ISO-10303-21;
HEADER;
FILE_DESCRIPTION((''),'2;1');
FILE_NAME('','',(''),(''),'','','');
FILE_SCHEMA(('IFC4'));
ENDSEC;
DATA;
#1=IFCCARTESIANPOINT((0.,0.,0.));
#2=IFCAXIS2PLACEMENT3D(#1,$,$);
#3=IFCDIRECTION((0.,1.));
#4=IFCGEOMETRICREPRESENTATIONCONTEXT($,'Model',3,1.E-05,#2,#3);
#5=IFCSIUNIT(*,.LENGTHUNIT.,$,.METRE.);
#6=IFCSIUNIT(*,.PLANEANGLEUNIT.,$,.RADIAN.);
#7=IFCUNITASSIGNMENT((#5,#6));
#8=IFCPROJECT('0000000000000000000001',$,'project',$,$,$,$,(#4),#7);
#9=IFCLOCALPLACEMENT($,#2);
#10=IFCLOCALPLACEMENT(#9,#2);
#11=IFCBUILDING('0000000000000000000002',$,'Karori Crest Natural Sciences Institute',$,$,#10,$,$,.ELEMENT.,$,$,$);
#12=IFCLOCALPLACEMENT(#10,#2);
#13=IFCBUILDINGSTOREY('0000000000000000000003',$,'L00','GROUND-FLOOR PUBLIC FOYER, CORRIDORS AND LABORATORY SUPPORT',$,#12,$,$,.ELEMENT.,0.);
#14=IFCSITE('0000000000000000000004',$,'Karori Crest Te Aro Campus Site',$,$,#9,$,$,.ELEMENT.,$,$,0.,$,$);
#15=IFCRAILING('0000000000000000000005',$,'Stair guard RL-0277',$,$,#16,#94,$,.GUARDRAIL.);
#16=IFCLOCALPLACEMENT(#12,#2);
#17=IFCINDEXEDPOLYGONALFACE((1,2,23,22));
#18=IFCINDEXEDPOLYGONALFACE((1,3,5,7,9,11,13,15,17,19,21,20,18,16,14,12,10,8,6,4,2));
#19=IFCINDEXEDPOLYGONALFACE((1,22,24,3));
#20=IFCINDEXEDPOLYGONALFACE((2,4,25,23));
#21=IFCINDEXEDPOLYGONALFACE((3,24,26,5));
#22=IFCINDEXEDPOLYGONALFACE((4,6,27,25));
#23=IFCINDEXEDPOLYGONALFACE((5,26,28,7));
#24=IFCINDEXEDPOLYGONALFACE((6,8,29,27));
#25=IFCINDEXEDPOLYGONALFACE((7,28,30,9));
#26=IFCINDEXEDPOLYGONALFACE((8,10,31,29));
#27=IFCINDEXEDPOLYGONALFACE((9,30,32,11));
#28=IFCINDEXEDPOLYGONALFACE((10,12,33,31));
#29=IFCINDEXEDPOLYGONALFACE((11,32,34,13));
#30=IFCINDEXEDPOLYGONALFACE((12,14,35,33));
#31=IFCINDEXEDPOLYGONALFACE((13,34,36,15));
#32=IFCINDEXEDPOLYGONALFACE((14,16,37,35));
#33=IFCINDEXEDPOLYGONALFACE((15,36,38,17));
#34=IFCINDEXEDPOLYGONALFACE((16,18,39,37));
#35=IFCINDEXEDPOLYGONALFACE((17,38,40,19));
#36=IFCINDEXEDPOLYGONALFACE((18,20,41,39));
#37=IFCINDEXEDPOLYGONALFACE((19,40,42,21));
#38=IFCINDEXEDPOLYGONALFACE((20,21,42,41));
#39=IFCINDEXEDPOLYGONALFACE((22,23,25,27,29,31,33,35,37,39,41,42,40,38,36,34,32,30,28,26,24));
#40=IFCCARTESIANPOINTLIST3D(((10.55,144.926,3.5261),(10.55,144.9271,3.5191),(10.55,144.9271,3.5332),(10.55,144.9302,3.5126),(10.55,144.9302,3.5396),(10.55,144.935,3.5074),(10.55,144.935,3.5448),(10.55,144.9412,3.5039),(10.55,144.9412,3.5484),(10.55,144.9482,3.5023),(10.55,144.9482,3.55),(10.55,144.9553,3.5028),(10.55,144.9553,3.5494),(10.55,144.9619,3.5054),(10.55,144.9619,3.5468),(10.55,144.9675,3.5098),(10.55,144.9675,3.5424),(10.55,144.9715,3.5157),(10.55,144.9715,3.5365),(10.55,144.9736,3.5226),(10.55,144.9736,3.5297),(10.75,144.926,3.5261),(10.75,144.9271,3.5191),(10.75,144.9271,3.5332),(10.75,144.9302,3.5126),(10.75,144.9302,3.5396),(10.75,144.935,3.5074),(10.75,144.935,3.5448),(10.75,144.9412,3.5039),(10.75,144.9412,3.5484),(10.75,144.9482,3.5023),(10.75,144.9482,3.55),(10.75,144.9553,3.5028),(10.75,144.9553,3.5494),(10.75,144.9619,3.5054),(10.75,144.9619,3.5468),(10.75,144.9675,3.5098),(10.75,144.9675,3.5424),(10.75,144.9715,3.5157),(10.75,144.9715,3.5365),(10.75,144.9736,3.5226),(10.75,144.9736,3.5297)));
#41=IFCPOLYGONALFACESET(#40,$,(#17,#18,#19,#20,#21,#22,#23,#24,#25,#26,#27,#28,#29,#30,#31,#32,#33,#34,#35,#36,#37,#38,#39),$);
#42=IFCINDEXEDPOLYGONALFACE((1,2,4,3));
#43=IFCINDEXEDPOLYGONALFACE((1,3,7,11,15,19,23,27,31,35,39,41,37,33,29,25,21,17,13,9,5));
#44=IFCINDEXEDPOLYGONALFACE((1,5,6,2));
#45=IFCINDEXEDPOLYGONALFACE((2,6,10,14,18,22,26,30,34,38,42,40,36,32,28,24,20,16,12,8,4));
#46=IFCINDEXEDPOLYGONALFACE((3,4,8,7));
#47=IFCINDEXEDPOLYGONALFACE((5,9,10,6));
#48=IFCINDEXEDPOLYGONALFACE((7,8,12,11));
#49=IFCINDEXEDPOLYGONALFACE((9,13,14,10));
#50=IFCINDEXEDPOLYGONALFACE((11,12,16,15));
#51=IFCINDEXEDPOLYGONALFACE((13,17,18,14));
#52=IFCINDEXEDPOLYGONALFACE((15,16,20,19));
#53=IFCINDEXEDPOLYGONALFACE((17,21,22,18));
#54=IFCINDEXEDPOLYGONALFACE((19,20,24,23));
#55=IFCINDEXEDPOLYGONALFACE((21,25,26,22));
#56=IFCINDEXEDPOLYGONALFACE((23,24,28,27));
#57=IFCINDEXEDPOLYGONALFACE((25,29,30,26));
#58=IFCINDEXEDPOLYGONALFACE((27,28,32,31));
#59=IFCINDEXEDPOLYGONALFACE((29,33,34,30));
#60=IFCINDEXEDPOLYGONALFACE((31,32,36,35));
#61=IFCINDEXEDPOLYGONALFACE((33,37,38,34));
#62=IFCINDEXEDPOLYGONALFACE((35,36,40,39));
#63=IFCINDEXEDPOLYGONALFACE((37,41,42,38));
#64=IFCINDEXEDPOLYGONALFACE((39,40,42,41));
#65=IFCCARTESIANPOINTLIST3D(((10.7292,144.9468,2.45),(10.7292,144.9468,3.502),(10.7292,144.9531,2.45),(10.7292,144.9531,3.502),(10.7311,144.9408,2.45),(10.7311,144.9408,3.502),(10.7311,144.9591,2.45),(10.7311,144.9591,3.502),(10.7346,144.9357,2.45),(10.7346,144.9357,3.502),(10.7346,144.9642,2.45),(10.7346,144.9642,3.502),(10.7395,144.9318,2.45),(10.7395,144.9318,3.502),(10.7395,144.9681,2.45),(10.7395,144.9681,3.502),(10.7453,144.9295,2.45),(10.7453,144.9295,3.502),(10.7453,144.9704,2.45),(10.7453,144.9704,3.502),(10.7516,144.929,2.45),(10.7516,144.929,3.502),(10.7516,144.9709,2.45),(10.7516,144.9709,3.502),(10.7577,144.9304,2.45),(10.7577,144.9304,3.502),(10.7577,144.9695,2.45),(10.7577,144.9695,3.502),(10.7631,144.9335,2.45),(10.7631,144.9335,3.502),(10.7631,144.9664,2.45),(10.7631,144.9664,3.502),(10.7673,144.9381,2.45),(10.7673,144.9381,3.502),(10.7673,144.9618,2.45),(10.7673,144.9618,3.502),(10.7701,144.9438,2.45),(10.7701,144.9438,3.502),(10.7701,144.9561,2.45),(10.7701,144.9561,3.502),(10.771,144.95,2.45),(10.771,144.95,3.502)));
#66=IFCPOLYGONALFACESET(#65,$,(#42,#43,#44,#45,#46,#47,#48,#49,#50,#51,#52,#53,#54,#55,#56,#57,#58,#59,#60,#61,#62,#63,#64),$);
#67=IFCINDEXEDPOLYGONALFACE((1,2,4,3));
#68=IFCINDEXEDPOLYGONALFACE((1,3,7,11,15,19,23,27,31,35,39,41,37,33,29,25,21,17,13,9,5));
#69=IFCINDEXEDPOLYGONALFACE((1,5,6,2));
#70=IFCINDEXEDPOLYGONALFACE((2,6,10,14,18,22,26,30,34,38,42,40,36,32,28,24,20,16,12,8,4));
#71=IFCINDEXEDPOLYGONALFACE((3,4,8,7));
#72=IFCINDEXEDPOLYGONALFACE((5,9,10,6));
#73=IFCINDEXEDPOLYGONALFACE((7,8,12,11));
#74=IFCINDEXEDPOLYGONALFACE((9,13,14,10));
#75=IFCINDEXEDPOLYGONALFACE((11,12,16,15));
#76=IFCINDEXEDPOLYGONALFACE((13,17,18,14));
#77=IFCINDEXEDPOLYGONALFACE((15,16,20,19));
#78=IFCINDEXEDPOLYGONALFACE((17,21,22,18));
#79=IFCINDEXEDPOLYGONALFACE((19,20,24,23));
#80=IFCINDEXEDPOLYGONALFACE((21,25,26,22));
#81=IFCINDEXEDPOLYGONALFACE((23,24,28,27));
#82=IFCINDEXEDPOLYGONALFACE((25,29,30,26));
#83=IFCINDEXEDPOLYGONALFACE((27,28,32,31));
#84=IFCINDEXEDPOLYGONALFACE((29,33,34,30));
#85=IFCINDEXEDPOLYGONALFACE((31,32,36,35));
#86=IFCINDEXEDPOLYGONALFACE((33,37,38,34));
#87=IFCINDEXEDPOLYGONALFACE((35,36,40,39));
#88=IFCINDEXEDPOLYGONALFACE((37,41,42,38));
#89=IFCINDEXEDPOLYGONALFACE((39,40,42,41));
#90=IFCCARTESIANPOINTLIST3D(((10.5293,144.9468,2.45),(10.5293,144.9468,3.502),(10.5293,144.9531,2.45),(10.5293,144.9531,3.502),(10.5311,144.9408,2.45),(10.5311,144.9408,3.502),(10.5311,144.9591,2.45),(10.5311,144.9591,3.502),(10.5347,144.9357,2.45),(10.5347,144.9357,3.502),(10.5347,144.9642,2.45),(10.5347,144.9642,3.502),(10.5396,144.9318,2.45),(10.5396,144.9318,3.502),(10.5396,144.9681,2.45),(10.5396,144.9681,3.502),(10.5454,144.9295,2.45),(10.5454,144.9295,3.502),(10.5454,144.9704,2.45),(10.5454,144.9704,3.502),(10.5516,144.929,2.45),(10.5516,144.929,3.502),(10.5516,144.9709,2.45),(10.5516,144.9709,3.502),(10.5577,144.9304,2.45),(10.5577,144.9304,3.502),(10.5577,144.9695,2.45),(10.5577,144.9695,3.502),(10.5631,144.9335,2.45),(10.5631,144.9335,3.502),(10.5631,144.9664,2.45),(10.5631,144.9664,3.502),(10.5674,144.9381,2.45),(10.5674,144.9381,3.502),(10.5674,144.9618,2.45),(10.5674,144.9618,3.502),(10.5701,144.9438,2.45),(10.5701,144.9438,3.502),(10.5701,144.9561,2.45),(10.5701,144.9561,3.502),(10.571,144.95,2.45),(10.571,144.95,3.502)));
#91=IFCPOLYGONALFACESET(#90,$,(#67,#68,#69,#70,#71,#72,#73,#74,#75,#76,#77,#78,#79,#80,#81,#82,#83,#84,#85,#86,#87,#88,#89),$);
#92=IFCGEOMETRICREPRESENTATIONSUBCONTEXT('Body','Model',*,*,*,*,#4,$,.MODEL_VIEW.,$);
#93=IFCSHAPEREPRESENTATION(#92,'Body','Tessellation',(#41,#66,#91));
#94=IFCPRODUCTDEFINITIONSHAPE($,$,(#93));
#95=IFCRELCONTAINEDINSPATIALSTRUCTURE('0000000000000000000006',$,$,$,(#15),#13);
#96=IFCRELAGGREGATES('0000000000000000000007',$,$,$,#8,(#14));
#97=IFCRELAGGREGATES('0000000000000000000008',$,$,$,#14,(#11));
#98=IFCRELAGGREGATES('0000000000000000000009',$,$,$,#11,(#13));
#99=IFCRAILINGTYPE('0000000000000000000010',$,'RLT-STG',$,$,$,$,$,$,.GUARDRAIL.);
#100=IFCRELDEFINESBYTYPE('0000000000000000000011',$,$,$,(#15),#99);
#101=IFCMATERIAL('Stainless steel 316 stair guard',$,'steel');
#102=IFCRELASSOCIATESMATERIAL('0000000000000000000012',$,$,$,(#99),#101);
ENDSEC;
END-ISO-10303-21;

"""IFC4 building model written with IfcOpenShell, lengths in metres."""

from ifc_helpers import new_model, si_unit, direction, frame, origin, origin_2d, place, context, subcontext, project, spatial, circle, extrude, material, type_object, element, save


model = new_model("IFC4")

# Units and contexts
model_context = context("Model", 3, precision=1e-05, world=origin(), true_north=direction((0.0, 1.0)))
body_context = subcontext(model_context, "Body", "Model", "MODEL_VIEW")
ifc_project = project(units=[si_unit("LENGTHUNIT", "METRE"), si_unit("PLANEANGLEUNIT", "RADIAN")], contexts=[model_context])

# Site, building, storey
site_placement = place(None, origin())
site = spatial("IfcSite", under=ifc_project, at=site_placement, Name="Karori Crest Te Aro Campus Site", CompositionType="ELEMENT", RefElevation=0.0)
building_placement = place(site_placement, origin())
building = spatial("IfcBuilding", under=site, at=building_placement, Name="Karori Crest Natural Sciences Institute", CompositionType="ELEMENT")
storey_placement = place(building_placement, origin())
storey = spatial("IfcBuildingStorey", under=building, at=storey_placement, Name="L00", Description="GROUND-FLOOR PUBLIC FOYER, CORRIDORS AND LABORATORY SUPPORT", CompositionType="ELEMENT", Elevation=0.0)

# Railing
ifc_material_1 = material(Name="Stainless steel 316 stair guard", Category="steel")
railing_type_1 = type_object("IfcRailingType", Name="RLT-STG", PredefinedType="GUARDRAIL", material=ifc_material_1)
railing_1_placement = place(storey_placement, frame((10.75, 144.95, 2.45)))
element("IfcRailing", 1, at=railing_1_placement, inside=storey, type_object=railing_type_1, Name="Stair guard RL-0277", PredefinedType="GUARDRAIL", context=body_context, shape_type="SweptSolid", body=[
    extrude(circle(Radius=0.0239, at=origin_2d()), frame((0.0, 0.0, 1.0762), z_axis=(-1.0, 0.0, 0.0), x_axis=(0.0, -1.0, 0.0)), (0.0, 0.0, 1.0), 0.2),
    extrude(circle(Radius=0.021, at=origin_2d()), origin(), (0.0, 0.0, 1.0), 1.052),
    extrude(circle(Radius=0.021, at=origin_2d()), frame((-0.2, 0.0, 0.0)), (0.0, 0.0, 1.0), 1.052),
])

save(model, "model.ifc")
